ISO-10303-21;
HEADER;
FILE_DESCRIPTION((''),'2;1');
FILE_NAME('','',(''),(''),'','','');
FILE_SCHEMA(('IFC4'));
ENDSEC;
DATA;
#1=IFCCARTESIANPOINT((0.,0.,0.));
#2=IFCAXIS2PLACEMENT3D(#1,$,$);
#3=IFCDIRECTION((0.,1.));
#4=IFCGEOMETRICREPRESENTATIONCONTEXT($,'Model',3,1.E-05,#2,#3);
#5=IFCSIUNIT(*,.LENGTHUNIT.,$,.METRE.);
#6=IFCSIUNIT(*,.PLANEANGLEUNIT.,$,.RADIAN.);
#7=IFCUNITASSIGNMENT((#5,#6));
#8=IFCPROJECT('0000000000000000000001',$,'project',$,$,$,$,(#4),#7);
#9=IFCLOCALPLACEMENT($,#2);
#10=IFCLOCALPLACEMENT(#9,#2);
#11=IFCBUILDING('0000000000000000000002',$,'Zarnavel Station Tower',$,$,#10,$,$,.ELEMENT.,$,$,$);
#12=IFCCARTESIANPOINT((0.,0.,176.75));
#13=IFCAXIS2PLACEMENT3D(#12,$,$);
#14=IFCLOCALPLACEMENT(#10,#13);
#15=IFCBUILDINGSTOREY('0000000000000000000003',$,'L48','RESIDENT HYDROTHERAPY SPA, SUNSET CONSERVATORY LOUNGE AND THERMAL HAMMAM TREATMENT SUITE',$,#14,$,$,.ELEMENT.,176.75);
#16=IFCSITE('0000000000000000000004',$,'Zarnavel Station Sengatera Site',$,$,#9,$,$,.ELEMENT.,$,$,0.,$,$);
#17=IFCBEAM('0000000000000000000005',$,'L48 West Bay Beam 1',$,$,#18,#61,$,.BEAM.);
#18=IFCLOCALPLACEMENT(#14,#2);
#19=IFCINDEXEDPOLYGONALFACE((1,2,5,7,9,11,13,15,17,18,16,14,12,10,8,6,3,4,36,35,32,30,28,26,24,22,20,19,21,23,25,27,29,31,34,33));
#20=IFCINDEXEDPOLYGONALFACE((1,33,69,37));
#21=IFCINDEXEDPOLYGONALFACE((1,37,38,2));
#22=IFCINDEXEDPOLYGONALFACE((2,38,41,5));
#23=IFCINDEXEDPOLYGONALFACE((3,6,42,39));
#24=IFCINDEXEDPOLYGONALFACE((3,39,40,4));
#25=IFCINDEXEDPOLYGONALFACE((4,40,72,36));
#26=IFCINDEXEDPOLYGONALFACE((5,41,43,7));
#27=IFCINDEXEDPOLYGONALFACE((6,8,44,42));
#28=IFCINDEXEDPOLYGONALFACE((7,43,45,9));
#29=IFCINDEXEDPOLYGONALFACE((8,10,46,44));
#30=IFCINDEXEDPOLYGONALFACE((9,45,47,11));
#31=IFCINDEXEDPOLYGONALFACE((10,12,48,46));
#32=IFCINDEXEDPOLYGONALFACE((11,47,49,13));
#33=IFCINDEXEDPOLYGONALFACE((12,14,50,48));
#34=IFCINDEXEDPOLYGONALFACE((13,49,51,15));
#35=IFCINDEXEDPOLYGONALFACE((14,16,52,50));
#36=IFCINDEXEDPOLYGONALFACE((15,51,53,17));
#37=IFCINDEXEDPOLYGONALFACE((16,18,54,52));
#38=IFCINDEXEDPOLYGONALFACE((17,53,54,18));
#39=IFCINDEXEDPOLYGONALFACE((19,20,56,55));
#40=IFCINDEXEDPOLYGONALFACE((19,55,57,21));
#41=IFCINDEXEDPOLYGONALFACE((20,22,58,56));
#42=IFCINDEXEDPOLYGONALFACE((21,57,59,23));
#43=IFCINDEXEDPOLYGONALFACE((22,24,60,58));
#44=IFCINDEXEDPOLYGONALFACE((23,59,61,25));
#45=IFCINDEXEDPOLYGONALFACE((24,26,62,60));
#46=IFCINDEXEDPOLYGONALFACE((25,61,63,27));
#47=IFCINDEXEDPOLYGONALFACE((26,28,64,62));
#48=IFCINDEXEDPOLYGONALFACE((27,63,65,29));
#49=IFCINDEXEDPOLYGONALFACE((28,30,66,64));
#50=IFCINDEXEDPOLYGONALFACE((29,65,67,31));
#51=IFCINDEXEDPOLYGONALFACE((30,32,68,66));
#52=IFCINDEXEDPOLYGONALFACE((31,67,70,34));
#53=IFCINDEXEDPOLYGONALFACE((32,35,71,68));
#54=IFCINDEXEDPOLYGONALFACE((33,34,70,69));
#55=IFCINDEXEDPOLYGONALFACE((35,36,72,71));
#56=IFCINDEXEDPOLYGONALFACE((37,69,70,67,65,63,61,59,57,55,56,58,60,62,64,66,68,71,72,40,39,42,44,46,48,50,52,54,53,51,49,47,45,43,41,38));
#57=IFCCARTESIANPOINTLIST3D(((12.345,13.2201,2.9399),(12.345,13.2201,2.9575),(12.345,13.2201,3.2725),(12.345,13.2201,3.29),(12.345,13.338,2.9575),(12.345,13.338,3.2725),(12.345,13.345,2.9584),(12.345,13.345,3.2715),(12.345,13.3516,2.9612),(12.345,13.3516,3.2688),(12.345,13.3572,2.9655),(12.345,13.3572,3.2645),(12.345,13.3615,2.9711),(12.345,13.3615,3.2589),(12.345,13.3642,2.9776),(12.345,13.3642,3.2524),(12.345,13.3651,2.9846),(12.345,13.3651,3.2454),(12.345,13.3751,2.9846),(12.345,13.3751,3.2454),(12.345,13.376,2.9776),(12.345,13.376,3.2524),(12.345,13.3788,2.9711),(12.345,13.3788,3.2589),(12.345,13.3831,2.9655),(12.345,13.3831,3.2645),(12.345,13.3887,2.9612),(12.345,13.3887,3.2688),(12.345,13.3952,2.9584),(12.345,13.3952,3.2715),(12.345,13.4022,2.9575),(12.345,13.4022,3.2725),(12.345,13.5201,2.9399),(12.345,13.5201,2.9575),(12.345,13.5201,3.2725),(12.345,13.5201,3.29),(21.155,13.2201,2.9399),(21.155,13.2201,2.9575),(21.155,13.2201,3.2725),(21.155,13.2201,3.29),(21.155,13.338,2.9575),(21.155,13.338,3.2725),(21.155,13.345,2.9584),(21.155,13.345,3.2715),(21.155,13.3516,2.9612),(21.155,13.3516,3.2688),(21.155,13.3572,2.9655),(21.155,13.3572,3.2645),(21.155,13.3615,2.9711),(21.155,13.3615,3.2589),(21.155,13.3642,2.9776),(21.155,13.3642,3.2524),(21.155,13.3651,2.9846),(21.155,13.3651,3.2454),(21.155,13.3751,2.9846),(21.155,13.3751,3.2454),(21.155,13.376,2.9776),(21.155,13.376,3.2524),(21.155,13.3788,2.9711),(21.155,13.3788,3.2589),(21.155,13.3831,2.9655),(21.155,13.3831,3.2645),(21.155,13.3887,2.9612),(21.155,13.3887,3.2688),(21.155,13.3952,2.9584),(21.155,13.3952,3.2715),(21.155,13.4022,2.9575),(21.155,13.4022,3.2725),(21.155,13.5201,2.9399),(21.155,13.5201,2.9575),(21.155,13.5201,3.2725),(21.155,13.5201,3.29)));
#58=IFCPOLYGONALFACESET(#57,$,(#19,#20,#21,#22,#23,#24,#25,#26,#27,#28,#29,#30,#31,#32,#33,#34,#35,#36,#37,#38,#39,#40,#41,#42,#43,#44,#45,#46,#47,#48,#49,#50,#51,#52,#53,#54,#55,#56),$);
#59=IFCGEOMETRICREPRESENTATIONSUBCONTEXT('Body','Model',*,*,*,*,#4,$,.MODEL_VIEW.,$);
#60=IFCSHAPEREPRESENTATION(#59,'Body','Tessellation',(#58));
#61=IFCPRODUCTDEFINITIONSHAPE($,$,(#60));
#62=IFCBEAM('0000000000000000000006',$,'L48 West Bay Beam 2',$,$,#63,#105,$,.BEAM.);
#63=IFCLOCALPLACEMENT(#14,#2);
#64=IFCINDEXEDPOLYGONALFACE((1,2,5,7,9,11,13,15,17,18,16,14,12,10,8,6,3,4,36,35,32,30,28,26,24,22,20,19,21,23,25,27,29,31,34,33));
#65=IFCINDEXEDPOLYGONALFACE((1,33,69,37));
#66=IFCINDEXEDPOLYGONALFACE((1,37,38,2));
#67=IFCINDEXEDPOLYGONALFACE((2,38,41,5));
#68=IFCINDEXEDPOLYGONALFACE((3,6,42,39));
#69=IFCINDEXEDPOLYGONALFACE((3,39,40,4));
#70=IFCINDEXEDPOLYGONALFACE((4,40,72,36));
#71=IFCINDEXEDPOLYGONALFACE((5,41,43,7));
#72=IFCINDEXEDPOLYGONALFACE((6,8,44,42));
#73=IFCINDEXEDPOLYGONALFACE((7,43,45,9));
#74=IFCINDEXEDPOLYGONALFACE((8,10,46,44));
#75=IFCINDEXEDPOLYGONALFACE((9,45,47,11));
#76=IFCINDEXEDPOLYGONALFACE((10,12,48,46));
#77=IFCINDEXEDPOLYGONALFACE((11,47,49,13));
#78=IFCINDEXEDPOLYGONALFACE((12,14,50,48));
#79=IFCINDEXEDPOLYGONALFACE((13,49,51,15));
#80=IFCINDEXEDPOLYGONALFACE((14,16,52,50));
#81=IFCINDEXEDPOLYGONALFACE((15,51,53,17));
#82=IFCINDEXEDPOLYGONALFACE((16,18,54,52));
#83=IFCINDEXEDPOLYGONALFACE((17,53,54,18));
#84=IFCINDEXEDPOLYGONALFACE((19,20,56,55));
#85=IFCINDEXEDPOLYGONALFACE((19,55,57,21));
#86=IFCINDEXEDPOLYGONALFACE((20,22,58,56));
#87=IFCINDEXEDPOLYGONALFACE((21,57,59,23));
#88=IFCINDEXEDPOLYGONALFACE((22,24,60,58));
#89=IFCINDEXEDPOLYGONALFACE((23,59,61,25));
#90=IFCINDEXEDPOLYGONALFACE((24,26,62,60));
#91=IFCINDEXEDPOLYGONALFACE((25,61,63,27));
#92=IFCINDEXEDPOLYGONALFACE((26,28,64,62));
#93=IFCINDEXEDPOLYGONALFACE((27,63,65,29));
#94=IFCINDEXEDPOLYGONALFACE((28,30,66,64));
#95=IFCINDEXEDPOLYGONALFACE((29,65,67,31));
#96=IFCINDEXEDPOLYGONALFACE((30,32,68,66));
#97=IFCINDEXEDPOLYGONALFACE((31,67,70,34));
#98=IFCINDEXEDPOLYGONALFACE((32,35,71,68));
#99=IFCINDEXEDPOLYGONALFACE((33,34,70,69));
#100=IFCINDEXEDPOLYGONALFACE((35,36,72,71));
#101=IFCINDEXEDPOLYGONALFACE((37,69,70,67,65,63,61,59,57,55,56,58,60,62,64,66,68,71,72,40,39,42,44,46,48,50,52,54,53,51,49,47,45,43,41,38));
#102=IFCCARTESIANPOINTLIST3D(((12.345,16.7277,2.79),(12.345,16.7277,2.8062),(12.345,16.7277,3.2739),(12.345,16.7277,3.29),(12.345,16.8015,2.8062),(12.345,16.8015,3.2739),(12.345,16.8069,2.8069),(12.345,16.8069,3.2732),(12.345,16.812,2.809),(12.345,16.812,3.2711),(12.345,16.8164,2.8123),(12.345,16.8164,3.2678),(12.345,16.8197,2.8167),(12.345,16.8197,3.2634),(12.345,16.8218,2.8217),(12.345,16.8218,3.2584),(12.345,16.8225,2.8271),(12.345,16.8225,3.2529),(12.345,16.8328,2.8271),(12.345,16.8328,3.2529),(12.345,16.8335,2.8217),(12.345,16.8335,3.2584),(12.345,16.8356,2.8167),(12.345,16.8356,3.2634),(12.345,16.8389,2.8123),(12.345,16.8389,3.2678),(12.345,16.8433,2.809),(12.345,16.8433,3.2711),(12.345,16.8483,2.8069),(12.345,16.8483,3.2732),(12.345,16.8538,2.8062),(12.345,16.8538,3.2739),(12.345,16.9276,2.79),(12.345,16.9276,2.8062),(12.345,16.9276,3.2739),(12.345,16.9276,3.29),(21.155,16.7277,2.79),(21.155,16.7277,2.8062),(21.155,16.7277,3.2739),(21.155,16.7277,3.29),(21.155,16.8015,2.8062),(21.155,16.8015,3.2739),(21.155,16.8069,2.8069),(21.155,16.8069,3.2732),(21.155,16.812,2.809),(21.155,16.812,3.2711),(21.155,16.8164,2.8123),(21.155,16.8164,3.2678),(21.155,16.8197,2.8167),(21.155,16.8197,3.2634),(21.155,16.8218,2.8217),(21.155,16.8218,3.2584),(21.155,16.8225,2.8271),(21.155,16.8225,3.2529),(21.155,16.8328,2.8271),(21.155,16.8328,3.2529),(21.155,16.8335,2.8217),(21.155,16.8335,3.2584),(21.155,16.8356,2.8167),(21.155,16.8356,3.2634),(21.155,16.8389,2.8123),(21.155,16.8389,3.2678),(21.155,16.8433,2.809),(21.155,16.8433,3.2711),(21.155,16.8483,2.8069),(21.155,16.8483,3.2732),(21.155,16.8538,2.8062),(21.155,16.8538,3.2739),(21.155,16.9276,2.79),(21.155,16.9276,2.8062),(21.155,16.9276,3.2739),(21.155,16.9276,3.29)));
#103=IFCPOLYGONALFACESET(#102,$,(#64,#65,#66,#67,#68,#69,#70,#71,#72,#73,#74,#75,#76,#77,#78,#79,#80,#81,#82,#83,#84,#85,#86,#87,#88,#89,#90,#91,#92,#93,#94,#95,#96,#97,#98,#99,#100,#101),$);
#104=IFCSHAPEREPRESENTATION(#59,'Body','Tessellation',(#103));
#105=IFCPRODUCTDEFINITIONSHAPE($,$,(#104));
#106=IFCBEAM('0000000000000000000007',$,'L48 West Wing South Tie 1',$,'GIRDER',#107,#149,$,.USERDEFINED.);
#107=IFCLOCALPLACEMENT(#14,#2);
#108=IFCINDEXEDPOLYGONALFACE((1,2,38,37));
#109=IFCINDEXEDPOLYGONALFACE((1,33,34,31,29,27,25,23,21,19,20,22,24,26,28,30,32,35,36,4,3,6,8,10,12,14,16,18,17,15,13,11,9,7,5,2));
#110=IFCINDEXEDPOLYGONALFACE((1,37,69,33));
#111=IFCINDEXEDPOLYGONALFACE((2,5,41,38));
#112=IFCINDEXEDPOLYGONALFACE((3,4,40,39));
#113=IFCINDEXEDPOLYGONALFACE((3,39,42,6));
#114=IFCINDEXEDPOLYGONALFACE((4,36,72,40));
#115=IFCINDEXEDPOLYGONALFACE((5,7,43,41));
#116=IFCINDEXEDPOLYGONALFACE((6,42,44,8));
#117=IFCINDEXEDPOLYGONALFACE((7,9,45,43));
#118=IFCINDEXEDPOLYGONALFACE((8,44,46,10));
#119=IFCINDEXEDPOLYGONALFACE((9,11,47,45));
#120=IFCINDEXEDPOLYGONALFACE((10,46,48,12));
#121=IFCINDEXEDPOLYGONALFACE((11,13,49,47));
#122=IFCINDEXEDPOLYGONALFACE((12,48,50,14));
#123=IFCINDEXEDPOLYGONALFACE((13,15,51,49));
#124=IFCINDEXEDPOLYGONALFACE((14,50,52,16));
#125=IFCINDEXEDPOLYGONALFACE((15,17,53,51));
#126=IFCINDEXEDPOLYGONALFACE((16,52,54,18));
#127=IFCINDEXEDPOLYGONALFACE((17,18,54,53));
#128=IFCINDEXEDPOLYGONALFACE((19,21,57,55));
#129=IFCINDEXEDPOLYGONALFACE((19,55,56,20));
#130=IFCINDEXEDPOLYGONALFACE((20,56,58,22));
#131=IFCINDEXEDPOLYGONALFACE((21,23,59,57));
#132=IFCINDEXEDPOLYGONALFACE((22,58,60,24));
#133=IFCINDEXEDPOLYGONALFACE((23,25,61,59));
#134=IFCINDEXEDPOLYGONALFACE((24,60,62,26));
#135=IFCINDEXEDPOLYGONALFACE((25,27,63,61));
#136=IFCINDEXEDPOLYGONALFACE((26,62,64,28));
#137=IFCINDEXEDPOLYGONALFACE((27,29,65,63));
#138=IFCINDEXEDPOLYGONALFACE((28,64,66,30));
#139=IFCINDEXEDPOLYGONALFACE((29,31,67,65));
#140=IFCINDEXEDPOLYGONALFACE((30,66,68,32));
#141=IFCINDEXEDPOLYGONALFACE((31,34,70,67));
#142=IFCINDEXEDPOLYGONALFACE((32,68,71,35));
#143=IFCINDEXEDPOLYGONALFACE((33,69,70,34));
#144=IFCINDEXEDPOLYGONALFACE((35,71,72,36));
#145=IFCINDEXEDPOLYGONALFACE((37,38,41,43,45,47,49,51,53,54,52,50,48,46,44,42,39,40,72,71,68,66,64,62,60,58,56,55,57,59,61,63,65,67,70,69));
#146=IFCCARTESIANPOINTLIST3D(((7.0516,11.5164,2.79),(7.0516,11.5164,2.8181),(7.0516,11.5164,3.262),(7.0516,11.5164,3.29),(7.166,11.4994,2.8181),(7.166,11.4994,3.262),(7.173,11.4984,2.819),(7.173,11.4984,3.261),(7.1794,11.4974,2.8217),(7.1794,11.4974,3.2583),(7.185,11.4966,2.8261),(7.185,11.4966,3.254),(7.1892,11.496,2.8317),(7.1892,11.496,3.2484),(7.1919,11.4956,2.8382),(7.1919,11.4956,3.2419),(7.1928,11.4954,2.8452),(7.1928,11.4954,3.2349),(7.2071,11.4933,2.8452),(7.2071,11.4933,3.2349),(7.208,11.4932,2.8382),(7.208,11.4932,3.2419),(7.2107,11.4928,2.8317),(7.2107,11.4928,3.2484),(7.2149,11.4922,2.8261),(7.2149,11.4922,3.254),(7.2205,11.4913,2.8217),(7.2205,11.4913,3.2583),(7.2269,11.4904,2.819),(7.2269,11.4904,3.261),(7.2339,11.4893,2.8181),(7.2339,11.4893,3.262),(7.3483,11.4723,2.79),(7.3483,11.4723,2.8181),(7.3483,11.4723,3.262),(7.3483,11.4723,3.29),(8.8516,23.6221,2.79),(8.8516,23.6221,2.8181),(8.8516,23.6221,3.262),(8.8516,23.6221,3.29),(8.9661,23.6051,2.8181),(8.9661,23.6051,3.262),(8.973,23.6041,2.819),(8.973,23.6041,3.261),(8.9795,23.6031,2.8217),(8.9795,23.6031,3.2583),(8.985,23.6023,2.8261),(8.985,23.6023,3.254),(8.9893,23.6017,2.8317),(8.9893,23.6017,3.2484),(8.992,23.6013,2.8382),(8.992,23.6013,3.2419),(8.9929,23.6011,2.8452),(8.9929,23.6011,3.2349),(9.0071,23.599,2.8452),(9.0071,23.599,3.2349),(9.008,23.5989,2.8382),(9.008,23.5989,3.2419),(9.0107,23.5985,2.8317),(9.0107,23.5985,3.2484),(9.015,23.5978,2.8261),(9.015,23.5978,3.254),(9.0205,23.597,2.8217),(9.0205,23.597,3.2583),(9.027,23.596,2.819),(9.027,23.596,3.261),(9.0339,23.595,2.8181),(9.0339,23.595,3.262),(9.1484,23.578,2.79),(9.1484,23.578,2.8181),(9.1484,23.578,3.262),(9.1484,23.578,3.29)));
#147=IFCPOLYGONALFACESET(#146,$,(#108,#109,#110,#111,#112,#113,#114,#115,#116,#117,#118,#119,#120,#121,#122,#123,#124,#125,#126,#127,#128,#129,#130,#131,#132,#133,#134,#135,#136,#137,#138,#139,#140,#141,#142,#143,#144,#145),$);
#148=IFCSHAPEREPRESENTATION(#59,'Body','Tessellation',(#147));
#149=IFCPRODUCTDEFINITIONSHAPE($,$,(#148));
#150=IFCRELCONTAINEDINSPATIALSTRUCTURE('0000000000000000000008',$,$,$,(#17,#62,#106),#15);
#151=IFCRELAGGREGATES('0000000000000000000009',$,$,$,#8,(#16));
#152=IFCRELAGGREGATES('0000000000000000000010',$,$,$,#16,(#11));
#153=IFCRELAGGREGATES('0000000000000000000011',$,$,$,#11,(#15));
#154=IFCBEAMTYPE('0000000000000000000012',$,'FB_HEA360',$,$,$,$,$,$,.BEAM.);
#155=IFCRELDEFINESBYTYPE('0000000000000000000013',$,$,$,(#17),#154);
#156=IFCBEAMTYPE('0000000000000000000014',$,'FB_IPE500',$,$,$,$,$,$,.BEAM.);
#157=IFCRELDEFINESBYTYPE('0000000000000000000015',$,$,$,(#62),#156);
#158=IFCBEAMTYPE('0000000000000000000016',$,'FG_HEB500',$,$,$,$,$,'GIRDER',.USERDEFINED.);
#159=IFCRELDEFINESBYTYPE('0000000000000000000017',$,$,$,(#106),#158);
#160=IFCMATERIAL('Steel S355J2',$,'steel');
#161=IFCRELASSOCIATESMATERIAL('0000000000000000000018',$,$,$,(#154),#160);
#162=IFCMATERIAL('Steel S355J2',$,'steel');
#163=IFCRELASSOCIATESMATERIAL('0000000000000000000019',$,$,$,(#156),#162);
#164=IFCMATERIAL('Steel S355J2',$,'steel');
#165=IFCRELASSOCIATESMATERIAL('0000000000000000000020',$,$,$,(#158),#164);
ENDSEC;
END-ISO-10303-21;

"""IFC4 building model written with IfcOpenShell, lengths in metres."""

from ifc_helpers import new_model, si_unit, direction, frame, origin, origin_2d, place, context, subcontext, project, spatial, i_section, extrude, material, material_profile, profile_set, type_object, element, save


model = new_model("IFC4")

# Units and contexts
model_context = context("Model", 3, precision=1e-05, world=origin(), true_north=direction((0.0, 1.0)))
body_context = subcontext(model_context, "Body", "Model", "MODEL_VIEW")
ifc_project = project(units=[si_unit("LENGTHUNIT", "METRE"), si_unit("PLANEANGLEUNIT", "RADIAN")], contexts=[model_context])

# Site, building, storey
site_placement = place(None, origin())
site = spatial("IfcSite", under=ifc_project, at=site_placement, Name="Zarnavel Station Sengatera Site", CompositionType="ELEMENT", RefElevation=0.0)
building_placement = place(site_placement, origin())
building = spatial("IfcBuilding", under=site, at=building_placement, Name="Zarnavel Station Tower", CompositionType="ELEMENT")
storey_placement = place(building_placement, frame((0.0, 0.0, 176.75)))
storey = spatial("IfcBuildingStorey", under=building, at=storey_placement, Name="L48", Description="RESIDENT HYDROTHERAPY SPA, SUNSET CONSERVATORY LOUNGE AND THERMAL HAMMAM TREATMENT SUITE", CompositionType="ELEMENT", Elevation=176.75)

# Beams
ifc_material_1 = material(Name="Steel S355J2", Category="steel")
ifc_material_profile_1 = material_profile(ifc_material_1, i_section(OverallWidth=0.3, OverallDepth=0.3501, WebThickness=0.01, FlangeThickness=0.0176, FilletRadius=0.0271, at=origin_2d()), Name="HEA360")
ifc_profile_set_1 = profile_set([ifc_material_profile_1], Name="Steel S355J2")
beam_type_1 = type_object("IfcBeamType", Name="FB_HEA360", PredefinedType="BEAM", material=ifc_profile_set_1)
beam_1_placement = place(storey_placement, frame((12.345, 13.3701, 3.115), z_axis=(1.0, 0.0, 0.0), x_axis=(0.0, 1.0, 0.0)))
element("IfcBeam", 1, at=beam_1_placement, inside=storey, type_object=beam_type_1, Name="L48 West Bay Beam 1", PredefinedType="BEAM", context=body_context, shape_type="SweptSolid", body=[
    extrude(i_section(OverallWidth=0.3, OverallDepth=0.3501, WebThickness=0.01, FlangeThickness=0.0176, FilletRadius=0.0271, at=origin_2d()), origin(), (0.0, 0.0, 1.0), 8.8101),
])
ifc_material_2 = material(Name="Steel S355J2", Category="steel")
ifc_material_profile_2 = material_profile(ifc_material_2, i_section(OverallWidth=0.2, OverallDepth=0.5, WebThickness=0.0103, FlangeThickness=0.0161, FilletRadius=0.021, at=origin_2d()), Name="IPE500")
ifc_profile_set_2 = profile_set([ifc_material_profile_2], Name="Steel S355J2")
beam_type_2 = type_object("IfcBeamType", Name="FB_IPE500", PredefinedType="BEAM", material=ifc_profile_set_2)
beam_2_placement = place(storey_placement, frame((12.345, 16.8276, 3.04), z_axis=(1.0, 0.0, 0.0), x_axis=(0.0, 1.0, 0.0)))
element("IfcBeam", 2, at=beam_2_placement, inside=storey, type_object=beam_type_2, Name="L48 West Bay Beam 2", PredefinedType="BEAM", context=body_context, shape_type="SweptSolid", body=[
    extrude(i_section(OverallWidth=0.2, OverallDepth=0.5, WebThickness=0.0103, FlangeThickness=0.0161, FilletRadius=0.021, at=origin_2d()), origin(), (0.0, 0.0, 1.0), 8.8101),
])
ifc_material_3 = material(Name="Steel S355J2", Category="steel")
ifc_material_profile_3 = material_profile(ifc_material_3, i_section(OverallWidth=0.3, OverallDepth=0.5, WebThickness=0.0144, FlangeThickness=0.0281, FilletRadius=0.0271, at=origin_2d()), Name="HEB500")
ifc_profile_set_3 = profile_set([ifc_material_profile_3], Name="Steel S355J2")
beam_type_3 = type_object("IfcBeamType", Name="FG_HEB500", ElementType="GIRDER", PredefinedType="USERDEFINED", material=ifc_profile_set_3)
beam_3_placement = place(storey_placement, frame((7.2, 11.4944, 3.04), z_axis=(0.147077, 0.989125, 0.0), x_axis=(-0.989125, 0.147077, 0.0)))
element("IfcBeam", 3, at=beam_3_placement, inside=storey, type_object=beam_type_3, Name="L48 West Wing South Tie 1", ObjectType="GIRDER", PredefinedType="USERDEFINED", context=body_context, shape_type="SweptSolid", body=[
    extrude(i_section(OverallWidth=0.3, OverallDepth=0.5, WebThickness=0.0144, FlangeThickness=0.0281, FilletRadius=0.0271, at=origin_2d()), origin(), (0.0, 0.0, 1.0), 12.2388),
])

save(model, "model.ifc")
